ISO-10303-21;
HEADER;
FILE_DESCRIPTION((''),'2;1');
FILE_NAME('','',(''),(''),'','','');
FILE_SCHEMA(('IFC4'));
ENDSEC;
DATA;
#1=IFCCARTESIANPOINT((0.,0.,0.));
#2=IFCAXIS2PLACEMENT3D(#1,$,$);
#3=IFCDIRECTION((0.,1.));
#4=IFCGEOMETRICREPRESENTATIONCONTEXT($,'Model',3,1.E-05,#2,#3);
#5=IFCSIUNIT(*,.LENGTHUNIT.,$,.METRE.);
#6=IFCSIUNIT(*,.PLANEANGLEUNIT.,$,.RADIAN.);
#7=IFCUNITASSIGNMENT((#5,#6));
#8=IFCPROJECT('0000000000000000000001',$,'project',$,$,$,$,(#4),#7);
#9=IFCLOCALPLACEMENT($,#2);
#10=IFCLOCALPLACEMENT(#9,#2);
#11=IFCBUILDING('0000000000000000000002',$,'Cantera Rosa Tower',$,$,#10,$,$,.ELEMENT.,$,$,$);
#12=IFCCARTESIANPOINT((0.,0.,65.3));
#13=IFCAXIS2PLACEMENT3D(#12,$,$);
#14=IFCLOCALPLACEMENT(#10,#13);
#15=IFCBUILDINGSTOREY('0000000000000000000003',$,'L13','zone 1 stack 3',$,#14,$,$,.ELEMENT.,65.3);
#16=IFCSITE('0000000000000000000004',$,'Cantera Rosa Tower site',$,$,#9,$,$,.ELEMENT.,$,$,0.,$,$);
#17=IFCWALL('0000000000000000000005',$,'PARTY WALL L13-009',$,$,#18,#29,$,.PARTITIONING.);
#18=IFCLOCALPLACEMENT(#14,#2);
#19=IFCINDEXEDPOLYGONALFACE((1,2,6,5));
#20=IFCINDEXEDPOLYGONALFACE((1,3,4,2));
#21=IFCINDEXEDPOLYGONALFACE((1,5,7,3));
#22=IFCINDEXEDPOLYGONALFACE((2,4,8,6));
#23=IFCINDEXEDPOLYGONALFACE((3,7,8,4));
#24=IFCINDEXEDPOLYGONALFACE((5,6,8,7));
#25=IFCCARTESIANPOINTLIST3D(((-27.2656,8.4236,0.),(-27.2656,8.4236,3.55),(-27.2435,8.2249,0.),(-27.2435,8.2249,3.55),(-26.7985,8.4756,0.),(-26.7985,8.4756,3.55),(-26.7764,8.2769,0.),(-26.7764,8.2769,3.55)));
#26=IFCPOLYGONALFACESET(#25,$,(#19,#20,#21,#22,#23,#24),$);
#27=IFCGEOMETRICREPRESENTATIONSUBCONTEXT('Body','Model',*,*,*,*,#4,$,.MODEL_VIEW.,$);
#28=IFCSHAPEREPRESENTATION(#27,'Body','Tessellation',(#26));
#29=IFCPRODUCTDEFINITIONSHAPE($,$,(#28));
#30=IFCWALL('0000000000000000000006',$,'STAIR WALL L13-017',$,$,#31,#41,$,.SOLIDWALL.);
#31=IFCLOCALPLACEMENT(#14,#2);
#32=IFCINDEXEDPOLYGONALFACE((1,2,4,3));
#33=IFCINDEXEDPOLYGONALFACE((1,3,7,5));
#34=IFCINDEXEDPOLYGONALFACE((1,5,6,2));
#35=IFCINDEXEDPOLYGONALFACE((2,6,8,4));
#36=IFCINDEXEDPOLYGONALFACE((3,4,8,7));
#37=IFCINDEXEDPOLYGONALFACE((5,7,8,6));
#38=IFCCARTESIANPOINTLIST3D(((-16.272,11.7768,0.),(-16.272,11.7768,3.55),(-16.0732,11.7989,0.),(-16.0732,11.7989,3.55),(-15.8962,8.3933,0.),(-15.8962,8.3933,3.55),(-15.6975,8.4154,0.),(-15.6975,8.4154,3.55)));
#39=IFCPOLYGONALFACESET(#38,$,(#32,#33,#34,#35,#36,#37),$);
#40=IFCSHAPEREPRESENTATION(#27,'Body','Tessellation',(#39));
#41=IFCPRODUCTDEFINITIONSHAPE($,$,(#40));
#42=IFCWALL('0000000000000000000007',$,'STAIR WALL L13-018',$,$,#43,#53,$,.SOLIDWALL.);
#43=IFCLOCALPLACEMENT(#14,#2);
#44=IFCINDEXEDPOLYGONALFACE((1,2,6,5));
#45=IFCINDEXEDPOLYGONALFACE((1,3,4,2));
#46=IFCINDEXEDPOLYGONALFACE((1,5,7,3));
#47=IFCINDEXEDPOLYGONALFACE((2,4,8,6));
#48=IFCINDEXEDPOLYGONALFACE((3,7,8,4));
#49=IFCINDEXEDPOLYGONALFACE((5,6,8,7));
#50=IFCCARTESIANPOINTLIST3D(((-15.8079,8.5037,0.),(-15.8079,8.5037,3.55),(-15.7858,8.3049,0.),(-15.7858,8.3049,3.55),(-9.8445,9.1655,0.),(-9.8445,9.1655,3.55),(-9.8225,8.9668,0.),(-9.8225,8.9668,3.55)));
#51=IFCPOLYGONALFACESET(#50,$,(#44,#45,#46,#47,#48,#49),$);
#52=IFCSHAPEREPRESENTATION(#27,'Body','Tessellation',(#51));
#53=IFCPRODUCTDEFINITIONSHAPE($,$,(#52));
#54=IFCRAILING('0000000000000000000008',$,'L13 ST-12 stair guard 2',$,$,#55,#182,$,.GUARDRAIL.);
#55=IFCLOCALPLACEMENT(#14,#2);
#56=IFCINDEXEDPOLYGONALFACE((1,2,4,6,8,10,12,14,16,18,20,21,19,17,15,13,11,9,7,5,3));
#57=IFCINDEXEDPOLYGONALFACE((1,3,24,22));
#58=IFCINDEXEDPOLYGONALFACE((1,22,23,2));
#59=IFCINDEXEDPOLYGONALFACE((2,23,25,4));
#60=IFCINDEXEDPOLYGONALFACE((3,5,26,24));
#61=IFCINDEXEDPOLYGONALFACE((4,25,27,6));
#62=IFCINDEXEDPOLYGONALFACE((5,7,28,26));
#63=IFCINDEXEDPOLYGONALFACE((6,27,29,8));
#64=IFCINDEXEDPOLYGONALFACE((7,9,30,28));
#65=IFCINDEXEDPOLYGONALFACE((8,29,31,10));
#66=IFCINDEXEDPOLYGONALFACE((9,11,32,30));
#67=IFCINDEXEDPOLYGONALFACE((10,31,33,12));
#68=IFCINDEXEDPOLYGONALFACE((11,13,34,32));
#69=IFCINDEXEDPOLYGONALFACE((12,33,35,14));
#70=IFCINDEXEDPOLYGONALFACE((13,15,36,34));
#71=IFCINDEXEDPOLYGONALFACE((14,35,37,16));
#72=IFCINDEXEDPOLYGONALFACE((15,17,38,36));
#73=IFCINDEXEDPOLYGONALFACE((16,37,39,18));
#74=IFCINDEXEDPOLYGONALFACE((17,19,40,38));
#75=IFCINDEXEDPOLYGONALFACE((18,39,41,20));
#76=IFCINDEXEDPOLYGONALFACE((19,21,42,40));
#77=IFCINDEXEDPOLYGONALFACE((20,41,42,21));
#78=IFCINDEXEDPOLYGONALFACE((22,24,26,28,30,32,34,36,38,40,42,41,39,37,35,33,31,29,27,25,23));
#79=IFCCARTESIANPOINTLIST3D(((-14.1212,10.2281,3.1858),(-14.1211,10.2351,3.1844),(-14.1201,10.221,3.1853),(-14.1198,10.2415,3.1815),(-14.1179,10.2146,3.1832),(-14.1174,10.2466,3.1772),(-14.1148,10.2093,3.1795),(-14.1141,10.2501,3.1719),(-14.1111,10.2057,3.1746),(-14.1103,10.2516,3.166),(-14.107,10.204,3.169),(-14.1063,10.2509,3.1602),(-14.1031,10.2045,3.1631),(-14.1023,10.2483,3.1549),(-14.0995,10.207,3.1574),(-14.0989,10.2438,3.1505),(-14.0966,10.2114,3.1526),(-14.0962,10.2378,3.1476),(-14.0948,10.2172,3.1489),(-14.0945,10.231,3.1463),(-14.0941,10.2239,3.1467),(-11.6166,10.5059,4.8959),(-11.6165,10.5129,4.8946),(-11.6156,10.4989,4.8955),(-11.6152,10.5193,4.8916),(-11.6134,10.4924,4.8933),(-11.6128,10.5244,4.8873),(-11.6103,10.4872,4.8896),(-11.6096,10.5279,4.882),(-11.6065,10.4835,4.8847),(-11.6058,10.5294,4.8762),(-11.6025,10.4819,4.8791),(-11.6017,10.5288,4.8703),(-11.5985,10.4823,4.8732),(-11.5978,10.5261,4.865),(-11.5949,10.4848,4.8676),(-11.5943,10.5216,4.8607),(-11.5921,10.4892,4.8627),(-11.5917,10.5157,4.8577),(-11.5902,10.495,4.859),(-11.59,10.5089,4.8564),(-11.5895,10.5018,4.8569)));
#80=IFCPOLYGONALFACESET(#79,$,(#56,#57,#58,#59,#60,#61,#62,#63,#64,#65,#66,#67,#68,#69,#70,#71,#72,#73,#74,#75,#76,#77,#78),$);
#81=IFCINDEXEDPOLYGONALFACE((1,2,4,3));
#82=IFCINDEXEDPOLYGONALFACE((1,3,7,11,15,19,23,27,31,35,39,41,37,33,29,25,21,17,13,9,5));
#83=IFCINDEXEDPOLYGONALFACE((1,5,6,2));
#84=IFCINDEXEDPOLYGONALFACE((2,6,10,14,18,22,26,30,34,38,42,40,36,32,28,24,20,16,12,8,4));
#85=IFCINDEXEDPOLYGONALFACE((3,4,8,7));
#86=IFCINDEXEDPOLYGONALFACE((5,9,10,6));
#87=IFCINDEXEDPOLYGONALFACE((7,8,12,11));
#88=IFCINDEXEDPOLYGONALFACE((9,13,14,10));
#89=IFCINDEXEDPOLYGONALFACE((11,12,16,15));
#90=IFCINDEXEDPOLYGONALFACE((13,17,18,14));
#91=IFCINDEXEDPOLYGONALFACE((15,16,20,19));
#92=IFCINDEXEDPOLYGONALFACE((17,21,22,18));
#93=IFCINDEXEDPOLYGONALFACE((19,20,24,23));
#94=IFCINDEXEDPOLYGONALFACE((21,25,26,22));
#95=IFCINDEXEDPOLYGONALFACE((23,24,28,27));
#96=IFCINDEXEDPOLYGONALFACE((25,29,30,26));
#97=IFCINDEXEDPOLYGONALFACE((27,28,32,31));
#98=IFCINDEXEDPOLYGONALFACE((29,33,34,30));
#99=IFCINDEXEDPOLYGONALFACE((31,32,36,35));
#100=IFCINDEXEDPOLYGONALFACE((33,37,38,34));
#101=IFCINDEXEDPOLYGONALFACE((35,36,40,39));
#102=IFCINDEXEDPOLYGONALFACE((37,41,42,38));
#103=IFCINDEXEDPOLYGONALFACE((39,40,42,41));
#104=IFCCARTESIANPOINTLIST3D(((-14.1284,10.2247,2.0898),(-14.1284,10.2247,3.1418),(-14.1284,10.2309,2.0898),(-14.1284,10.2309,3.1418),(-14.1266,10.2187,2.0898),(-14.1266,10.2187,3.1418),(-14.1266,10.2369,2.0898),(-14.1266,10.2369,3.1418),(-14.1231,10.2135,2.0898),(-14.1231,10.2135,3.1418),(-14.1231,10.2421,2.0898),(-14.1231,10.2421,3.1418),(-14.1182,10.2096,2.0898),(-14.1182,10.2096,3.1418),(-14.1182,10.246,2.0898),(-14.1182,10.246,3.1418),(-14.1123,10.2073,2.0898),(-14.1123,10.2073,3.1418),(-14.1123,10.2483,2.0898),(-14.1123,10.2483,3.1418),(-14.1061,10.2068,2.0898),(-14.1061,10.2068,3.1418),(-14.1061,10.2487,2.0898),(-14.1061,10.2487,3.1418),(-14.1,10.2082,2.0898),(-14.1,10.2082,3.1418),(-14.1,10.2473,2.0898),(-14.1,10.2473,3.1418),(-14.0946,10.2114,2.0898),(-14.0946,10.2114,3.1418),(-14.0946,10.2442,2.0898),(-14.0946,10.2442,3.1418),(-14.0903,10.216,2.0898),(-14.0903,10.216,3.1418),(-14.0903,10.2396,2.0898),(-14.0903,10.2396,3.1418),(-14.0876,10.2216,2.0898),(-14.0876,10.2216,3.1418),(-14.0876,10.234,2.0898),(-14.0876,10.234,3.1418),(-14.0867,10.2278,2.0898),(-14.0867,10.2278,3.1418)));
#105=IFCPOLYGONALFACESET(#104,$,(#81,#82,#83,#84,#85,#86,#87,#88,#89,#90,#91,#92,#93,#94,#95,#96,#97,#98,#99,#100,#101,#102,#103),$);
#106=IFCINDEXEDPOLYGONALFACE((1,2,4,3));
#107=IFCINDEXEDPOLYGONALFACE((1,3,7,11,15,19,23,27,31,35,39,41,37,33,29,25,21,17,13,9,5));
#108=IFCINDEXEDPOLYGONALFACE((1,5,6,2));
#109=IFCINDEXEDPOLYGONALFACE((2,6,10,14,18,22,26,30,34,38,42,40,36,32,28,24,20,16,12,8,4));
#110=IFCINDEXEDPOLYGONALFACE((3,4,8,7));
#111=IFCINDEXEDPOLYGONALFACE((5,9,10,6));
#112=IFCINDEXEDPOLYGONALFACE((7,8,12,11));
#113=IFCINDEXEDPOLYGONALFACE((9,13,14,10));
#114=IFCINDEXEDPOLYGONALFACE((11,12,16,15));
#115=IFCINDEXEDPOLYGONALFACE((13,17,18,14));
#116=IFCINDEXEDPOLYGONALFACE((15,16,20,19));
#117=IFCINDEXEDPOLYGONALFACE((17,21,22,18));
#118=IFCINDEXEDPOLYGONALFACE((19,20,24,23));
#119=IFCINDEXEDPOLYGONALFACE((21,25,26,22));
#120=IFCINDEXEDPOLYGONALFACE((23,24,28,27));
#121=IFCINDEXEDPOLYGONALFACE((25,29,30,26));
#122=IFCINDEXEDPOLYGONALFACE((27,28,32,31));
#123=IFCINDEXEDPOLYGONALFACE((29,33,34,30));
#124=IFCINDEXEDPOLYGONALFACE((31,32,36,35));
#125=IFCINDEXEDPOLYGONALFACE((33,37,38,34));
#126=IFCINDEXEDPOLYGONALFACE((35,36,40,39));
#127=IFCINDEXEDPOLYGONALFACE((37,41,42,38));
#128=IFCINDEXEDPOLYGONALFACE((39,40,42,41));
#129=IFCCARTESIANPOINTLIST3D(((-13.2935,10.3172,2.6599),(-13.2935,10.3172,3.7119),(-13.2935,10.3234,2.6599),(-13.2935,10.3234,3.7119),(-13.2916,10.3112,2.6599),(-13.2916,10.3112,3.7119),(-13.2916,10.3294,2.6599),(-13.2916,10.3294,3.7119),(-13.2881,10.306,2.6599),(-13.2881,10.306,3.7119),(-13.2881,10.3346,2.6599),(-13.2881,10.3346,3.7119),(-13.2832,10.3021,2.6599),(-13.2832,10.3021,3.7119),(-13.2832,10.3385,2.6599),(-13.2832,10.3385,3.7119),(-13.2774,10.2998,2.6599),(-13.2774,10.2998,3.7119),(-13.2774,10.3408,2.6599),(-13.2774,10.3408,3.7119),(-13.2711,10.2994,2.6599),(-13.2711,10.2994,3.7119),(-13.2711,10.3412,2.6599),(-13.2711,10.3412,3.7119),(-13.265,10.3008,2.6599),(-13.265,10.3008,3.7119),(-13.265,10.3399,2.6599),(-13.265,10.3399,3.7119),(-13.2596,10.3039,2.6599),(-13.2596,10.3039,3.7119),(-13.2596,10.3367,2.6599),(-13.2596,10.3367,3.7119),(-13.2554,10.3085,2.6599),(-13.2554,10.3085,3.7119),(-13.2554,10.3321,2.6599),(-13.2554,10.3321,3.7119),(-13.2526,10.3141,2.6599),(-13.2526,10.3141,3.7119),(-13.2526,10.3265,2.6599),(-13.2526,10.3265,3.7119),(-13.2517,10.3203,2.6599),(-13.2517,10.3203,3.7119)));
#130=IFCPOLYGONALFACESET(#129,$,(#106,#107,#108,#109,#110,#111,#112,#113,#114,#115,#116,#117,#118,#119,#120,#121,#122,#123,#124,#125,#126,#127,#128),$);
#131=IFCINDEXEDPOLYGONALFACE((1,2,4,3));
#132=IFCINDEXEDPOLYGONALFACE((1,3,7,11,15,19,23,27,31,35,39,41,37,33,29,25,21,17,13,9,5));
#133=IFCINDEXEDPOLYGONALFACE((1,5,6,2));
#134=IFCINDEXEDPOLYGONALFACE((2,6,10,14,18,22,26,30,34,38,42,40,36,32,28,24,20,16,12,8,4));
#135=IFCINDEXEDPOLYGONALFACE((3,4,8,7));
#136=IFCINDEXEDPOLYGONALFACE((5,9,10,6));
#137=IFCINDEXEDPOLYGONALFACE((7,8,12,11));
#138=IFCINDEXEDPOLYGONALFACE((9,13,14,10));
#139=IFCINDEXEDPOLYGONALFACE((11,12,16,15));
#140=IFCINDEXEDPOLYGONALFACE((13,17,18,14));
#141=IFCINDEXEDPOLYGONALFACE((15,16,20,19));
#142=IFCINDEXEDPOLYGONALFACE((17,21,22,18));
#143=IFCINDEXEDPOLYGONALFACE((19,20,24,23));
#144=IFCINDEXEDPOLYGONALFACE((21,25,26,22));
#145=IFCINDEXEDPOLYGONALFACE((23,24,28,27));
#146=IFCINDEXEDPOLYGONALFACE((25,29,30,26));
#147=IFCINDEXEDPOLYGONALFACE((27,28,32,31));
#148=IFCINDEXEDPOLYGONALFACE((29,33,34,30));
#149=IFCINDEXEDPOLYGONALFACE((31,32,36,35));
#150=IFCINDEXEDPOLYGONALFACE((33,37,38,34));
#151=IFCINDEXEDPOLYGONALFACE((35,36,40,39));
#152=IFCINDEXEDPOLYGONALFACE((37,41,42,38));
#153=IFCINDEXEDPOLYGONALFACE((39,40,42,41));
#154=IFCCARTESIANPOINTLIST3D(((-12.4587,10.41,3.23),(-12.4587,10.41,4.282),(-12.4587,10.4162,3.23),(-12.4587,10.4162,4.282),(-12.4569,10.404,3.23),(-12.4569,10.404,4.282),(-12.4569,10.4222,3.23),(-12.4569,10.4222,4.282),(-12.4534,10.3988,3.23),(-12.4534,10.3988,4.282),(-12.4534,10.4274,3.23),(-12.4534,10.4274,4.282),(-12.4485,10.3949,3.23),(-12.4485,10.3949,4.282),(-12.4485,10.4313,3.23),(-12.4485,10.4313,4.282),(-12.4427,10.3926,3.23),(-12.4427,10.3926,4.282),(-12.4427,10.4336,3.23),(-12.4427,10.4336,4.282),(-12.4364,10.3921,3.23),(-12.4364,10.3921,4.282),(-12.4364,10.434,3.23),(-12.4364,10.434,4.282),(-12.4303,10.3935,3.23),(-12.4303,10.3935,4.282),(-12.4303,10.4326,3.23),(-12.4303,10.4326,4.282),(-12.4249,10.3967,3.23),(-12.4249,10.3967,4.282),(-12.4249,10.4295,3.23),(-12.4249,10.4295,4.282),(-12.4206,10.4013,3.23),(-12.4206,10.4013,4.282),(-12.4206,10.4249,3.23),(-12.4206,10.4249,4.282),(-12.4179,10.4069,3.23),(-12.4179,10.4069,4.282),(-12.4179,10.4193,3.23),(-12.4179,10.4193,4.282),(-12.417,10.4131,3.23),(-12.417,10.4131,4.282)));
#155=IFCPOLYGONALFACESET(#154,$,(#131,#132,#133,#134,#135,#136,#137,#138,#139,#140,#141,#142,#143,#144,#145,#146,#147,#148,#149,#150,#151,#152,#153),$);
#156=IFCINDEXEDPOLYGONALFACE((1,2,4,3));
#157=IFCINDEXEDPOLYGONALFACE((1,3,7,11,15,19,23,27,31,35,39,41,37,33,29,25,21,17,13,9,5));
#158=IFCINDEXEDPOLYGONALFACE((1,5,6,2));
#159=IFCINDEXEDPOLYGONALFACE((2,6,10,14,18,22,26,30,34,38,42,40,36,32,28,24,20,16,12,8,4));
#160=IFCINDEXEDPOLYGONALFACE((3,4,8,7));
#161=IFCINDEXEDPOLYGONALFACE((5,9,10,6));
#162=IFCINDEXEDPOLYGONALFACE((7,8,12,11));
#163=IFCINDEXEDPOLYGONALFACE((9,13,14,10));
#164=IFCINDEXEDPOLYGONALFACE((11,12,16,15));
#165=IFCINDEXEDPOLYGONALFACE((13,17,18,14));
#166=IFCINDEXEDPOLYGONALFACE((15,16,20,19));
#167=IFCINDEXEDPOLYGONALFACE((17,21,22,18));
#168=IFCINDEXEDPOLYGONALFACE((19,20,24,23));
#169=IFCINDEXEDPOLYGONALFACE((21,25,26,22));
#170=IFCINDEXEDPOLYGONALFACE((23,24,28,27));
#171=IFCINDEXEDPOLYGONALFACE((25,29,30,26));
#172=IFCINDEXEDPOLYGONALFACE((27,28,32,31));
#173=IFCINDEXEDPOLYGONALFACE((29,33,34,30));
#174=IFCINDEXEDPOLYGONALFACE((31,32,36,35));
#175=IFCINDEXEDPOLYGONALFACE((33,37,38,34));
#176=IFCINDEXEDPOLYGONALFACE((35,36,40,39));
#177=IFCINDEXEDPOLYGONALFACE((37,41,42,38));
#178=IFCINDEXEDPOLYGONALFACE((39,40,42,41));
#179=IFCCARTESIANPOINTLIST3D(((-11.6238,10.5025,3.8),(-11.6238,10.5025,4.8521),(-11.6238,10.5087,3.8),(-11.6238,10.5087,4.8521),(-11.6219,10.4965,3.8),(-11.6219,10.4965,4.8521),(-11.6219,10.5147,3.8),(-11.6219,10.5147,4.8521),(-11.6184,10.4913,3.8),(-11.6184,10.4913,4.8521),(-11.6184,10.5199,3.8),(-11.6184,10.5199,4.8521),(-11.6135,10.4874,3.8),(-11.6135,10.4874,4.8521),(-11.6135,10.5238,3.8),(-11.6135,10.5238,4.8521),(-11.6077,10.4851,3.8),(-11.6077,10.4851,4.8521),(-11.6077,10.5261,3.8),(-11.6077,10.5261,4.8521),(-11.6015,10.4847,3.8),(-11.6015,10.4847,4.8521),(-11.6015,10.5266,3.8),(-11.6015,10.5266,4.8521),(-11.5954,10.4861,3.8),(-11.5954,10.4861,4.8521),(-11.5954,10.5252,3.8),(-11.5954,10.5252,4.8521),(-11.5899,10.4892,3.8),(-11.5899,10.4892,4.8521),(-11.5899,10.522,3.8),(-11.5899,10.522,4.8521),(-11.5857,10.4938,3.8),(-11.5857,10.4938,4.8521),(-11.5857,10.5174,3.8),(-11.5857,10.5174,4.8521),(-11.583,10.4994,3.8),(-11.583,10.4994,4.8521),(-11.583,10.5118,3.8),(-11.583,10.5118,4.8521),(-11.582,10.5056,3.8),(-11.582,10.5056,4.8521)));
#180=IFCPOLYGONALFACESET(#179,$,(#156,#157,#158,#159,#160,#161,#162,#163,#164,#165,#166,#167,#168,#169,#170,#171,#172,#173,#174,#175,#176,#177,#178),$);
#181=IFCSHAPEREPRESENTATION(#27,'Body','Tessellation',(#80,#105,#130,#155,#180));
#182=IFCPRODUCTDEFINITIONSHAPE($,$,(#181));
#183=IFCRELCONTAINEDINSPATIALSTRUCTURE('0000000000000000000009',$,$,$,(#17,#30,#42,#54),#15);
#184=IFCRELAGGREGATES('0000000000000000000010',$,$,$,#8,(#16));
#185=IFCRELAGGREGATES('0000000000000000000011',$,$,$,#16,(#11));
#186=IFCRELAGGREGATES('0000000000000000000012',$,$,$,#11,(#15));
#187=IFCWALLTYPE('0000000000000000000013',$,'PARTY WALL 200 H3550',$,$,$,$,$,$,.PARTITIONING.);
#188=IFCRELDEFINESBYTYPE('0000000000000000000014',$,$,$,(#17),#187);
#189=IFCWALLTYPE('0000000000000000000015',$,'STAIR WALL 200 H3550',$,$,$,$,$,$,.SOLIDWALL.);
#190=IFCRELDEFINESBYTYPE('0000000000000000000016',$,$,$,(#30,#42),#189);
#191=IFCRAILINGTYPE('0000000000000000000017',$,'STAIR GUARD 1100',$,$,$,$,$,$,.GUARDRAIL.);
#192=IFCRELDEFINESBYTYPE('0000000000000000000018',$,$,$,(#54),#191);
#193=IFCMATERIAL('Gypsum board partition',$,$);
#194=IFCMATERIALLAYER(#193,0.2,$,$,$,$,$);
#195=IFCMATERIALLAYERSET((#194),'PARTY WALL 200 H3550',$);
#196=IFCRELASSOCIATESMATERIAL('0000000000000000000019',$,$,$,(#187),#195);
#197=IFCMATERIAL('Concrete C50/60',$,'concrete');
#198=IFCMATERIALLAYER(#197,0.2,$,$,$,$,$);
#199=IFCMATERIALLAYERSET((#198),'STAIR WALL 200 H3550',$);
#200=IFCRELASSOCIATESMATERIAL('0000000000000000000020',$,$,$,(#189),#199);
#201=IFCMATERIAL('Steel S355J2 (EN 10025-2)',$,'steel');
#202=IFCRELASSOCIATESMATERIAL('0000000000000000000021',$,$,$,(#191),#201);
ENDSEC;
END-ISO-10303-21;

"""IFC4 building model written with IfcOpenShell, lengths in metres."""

from ifc_helpers import new_model, si_unit, direction, frame, frame_2d, origin, origin_2d, place, context, subcontext, project, spatial, rectangle, circle, extrude, material, layer, layer_set, type_object, element, save


model = new_model("IFC4")

# Units and contexts
model_context = context("Model", 3, precision=1e-05, world=origin(), true_north=direction((0.0, 1.0)))
body_context = subcontext(model_context, "Body", "Model", "MODEL_VIEW")
ifc_project = project(units=[si_unit("LENGTHUNIT", "METRE"), si_unit("PLANEANGLEUNIT", "RADIAN")], contexts=[model_context])

# Site, building, storey
site_placement = place(None, origin())
site = spatial("IfcSite", under=ifc_project, at=site_placement, Name="Cantera Rosa Tower site", CompositionType="ELEMENT", RefElevation=0.0)
building_placement = place(site_placement, origin())
building = spatial("IfcBuilding", under=site, at=building_placement, Name="Cantera Rosa Tower", CompositionType="ELEMENT")
storey_placement = place(building_placement, frame((0.0, 0.0, 65.3)))
storey = spatial("IfcBuildingStorey", under=building, at=storey_placement, Name="L13", Description="zone 1 stack 3", CompositionType="ELEMENT", Elevation=65.3)

# Walls
ifc_material_1 = material(Name="Gypsum board partition")
ifc_layer_1 = layer(ifc_material_1, 0.2)
ifc_layer_set_1 = layer_set([ifc_layer_1], Name="PARTY WALL 200 H3550")
wall_type_1 = type_object("IfcWallType", Name="PARTY WALL 200 H3550", PredefinedType="PARTITIONING", material=ifc_layer_set_1)
wall_1_placement = place(storey_placement, frame((-26.7876, 8.3762, 0.0), z_axis=(0.0, 0.0, 1.0), x_axis=(-0.993858, -0.11066, 0.0)))
element("IfcWall", 1, at=wall_1_placement, inside=storey, type_object=wall_type_1, Name="PARTY WALL L13-009", PredefinedType="PARTITIONING", context=body_context, shape_type="SweptSolid", body=[
    extrude(rectangle(XDim=0.47, YDim=0.2, at=frame_2d((0.2349, 0.0))), origin(), (0.0, 0.0, 1.0), 3.55),
])
ifc_material_2 = material(Name="Concrete C50/60", Category="concrete")
ifc_layer_2 = layer(ifc_material_2, 0.2)
ifc_layer_set_2 = layer_set([ifc_layer_2], Name="STAIR WALL 200 H3550")
wall_type_2 = type_object("IfcWallType", Name="STAIR WALL 200 H3550", PredefinedType="SOLIDWALL", material=ifc_layer_set_2)
wall_2_placement = place(storey_placement, frame((-16.1726, 11.7878, 0.0), z_axis=(0.0, 0.0, 1.0), x_axis=(0.110369, -0.993891, 0.0)))
element("IfcWall", 2, at=wall_2_placement, inside=storey, type_object=wall_type_2, Name="STAIR WALL L13-017", PredefinedType="SOLIDWALL", context=body_context, shape_type="SweptSolid", body=[
    extrude(rectangle(XDim=3.4043, YDim=0.2, at=frame_2d((1.7021, 0.0))), origin(), (0.0, 0.0, 1.0), 3.55),
])
wall_3_placement = place(storey_placement, frame((-15.7969, 8.4043, 0.0), z_axis=(0.0, 0.0, 1.0), x_axis=(0.993897, 0.110311, 0.0)))
element("IfcWall", 3, at=wall_3_placement, inside=storey, type_object=wall_type_2, Name="STAIR WALL L13-018", PredefinedType="SOLIDWALL", context=body_context, shape_type="SweptSolid", body=[
    extrude(rectangle(XDim=6.0, YDim=0.2, at=frame_2d((3.0, 0.0))), origin(), (0.0, 0.0, 1.0), 3.55),
])

# Railing
ifc_material_3 = material(Name="Steel S355J2 (EN 10025-2)", Category="steel")
railing_type_1 = type_object("IfcRailingType", Name="STAIR GUARD 1100", PredefinedType="GUARDRAIL", material=ifc_material_3)
railing_1_placement = place(storey_placement, frame((-14.1077, 10.2278, 2.0898)))
element("IfcRailing", 4, at=railing_1_placement, inside=storey, type_object=railing_type_1, Name="L13 ST-12 stair guard 2", PredefinedType="GUARDRAIL", context=body_context, shape_type="SweptSolid", body=[
    extrude(circle(Radius=0.0239, at=origin_2d()), frame((0.0, 0.0, 1.0762), z_axis=(0.8224, 0.091226, 0.561547), x_axis=(-0.110251, 0.993904, 0.0)), (0.0, 0.0, 1.0), 3.0454),
    extrude(circle(Radius=0.021, at=origin_2d()), origin(), (0.0, 0.0, 1.0), 1.052),
    extrude(circle(Radius=0.021, at=origin_2d()), frame((0.835, 0.0925, 0.5701)), (0.0, 0.0, 1.0), 1.052),
    extrude(circle(Radius=0.021, at=origin_2d()), frame((1.6697, 0.1853, 1.1401)), (0.0, 0.0, 1.0), 1.052),
    extrude(circle(Radius=0.021, at=origin_2d()), frame((2.5046, 0.2778, 1.7102)), (0.0, 0.0, 1.0), 1.052),
])

save(model, "model.ifc")
